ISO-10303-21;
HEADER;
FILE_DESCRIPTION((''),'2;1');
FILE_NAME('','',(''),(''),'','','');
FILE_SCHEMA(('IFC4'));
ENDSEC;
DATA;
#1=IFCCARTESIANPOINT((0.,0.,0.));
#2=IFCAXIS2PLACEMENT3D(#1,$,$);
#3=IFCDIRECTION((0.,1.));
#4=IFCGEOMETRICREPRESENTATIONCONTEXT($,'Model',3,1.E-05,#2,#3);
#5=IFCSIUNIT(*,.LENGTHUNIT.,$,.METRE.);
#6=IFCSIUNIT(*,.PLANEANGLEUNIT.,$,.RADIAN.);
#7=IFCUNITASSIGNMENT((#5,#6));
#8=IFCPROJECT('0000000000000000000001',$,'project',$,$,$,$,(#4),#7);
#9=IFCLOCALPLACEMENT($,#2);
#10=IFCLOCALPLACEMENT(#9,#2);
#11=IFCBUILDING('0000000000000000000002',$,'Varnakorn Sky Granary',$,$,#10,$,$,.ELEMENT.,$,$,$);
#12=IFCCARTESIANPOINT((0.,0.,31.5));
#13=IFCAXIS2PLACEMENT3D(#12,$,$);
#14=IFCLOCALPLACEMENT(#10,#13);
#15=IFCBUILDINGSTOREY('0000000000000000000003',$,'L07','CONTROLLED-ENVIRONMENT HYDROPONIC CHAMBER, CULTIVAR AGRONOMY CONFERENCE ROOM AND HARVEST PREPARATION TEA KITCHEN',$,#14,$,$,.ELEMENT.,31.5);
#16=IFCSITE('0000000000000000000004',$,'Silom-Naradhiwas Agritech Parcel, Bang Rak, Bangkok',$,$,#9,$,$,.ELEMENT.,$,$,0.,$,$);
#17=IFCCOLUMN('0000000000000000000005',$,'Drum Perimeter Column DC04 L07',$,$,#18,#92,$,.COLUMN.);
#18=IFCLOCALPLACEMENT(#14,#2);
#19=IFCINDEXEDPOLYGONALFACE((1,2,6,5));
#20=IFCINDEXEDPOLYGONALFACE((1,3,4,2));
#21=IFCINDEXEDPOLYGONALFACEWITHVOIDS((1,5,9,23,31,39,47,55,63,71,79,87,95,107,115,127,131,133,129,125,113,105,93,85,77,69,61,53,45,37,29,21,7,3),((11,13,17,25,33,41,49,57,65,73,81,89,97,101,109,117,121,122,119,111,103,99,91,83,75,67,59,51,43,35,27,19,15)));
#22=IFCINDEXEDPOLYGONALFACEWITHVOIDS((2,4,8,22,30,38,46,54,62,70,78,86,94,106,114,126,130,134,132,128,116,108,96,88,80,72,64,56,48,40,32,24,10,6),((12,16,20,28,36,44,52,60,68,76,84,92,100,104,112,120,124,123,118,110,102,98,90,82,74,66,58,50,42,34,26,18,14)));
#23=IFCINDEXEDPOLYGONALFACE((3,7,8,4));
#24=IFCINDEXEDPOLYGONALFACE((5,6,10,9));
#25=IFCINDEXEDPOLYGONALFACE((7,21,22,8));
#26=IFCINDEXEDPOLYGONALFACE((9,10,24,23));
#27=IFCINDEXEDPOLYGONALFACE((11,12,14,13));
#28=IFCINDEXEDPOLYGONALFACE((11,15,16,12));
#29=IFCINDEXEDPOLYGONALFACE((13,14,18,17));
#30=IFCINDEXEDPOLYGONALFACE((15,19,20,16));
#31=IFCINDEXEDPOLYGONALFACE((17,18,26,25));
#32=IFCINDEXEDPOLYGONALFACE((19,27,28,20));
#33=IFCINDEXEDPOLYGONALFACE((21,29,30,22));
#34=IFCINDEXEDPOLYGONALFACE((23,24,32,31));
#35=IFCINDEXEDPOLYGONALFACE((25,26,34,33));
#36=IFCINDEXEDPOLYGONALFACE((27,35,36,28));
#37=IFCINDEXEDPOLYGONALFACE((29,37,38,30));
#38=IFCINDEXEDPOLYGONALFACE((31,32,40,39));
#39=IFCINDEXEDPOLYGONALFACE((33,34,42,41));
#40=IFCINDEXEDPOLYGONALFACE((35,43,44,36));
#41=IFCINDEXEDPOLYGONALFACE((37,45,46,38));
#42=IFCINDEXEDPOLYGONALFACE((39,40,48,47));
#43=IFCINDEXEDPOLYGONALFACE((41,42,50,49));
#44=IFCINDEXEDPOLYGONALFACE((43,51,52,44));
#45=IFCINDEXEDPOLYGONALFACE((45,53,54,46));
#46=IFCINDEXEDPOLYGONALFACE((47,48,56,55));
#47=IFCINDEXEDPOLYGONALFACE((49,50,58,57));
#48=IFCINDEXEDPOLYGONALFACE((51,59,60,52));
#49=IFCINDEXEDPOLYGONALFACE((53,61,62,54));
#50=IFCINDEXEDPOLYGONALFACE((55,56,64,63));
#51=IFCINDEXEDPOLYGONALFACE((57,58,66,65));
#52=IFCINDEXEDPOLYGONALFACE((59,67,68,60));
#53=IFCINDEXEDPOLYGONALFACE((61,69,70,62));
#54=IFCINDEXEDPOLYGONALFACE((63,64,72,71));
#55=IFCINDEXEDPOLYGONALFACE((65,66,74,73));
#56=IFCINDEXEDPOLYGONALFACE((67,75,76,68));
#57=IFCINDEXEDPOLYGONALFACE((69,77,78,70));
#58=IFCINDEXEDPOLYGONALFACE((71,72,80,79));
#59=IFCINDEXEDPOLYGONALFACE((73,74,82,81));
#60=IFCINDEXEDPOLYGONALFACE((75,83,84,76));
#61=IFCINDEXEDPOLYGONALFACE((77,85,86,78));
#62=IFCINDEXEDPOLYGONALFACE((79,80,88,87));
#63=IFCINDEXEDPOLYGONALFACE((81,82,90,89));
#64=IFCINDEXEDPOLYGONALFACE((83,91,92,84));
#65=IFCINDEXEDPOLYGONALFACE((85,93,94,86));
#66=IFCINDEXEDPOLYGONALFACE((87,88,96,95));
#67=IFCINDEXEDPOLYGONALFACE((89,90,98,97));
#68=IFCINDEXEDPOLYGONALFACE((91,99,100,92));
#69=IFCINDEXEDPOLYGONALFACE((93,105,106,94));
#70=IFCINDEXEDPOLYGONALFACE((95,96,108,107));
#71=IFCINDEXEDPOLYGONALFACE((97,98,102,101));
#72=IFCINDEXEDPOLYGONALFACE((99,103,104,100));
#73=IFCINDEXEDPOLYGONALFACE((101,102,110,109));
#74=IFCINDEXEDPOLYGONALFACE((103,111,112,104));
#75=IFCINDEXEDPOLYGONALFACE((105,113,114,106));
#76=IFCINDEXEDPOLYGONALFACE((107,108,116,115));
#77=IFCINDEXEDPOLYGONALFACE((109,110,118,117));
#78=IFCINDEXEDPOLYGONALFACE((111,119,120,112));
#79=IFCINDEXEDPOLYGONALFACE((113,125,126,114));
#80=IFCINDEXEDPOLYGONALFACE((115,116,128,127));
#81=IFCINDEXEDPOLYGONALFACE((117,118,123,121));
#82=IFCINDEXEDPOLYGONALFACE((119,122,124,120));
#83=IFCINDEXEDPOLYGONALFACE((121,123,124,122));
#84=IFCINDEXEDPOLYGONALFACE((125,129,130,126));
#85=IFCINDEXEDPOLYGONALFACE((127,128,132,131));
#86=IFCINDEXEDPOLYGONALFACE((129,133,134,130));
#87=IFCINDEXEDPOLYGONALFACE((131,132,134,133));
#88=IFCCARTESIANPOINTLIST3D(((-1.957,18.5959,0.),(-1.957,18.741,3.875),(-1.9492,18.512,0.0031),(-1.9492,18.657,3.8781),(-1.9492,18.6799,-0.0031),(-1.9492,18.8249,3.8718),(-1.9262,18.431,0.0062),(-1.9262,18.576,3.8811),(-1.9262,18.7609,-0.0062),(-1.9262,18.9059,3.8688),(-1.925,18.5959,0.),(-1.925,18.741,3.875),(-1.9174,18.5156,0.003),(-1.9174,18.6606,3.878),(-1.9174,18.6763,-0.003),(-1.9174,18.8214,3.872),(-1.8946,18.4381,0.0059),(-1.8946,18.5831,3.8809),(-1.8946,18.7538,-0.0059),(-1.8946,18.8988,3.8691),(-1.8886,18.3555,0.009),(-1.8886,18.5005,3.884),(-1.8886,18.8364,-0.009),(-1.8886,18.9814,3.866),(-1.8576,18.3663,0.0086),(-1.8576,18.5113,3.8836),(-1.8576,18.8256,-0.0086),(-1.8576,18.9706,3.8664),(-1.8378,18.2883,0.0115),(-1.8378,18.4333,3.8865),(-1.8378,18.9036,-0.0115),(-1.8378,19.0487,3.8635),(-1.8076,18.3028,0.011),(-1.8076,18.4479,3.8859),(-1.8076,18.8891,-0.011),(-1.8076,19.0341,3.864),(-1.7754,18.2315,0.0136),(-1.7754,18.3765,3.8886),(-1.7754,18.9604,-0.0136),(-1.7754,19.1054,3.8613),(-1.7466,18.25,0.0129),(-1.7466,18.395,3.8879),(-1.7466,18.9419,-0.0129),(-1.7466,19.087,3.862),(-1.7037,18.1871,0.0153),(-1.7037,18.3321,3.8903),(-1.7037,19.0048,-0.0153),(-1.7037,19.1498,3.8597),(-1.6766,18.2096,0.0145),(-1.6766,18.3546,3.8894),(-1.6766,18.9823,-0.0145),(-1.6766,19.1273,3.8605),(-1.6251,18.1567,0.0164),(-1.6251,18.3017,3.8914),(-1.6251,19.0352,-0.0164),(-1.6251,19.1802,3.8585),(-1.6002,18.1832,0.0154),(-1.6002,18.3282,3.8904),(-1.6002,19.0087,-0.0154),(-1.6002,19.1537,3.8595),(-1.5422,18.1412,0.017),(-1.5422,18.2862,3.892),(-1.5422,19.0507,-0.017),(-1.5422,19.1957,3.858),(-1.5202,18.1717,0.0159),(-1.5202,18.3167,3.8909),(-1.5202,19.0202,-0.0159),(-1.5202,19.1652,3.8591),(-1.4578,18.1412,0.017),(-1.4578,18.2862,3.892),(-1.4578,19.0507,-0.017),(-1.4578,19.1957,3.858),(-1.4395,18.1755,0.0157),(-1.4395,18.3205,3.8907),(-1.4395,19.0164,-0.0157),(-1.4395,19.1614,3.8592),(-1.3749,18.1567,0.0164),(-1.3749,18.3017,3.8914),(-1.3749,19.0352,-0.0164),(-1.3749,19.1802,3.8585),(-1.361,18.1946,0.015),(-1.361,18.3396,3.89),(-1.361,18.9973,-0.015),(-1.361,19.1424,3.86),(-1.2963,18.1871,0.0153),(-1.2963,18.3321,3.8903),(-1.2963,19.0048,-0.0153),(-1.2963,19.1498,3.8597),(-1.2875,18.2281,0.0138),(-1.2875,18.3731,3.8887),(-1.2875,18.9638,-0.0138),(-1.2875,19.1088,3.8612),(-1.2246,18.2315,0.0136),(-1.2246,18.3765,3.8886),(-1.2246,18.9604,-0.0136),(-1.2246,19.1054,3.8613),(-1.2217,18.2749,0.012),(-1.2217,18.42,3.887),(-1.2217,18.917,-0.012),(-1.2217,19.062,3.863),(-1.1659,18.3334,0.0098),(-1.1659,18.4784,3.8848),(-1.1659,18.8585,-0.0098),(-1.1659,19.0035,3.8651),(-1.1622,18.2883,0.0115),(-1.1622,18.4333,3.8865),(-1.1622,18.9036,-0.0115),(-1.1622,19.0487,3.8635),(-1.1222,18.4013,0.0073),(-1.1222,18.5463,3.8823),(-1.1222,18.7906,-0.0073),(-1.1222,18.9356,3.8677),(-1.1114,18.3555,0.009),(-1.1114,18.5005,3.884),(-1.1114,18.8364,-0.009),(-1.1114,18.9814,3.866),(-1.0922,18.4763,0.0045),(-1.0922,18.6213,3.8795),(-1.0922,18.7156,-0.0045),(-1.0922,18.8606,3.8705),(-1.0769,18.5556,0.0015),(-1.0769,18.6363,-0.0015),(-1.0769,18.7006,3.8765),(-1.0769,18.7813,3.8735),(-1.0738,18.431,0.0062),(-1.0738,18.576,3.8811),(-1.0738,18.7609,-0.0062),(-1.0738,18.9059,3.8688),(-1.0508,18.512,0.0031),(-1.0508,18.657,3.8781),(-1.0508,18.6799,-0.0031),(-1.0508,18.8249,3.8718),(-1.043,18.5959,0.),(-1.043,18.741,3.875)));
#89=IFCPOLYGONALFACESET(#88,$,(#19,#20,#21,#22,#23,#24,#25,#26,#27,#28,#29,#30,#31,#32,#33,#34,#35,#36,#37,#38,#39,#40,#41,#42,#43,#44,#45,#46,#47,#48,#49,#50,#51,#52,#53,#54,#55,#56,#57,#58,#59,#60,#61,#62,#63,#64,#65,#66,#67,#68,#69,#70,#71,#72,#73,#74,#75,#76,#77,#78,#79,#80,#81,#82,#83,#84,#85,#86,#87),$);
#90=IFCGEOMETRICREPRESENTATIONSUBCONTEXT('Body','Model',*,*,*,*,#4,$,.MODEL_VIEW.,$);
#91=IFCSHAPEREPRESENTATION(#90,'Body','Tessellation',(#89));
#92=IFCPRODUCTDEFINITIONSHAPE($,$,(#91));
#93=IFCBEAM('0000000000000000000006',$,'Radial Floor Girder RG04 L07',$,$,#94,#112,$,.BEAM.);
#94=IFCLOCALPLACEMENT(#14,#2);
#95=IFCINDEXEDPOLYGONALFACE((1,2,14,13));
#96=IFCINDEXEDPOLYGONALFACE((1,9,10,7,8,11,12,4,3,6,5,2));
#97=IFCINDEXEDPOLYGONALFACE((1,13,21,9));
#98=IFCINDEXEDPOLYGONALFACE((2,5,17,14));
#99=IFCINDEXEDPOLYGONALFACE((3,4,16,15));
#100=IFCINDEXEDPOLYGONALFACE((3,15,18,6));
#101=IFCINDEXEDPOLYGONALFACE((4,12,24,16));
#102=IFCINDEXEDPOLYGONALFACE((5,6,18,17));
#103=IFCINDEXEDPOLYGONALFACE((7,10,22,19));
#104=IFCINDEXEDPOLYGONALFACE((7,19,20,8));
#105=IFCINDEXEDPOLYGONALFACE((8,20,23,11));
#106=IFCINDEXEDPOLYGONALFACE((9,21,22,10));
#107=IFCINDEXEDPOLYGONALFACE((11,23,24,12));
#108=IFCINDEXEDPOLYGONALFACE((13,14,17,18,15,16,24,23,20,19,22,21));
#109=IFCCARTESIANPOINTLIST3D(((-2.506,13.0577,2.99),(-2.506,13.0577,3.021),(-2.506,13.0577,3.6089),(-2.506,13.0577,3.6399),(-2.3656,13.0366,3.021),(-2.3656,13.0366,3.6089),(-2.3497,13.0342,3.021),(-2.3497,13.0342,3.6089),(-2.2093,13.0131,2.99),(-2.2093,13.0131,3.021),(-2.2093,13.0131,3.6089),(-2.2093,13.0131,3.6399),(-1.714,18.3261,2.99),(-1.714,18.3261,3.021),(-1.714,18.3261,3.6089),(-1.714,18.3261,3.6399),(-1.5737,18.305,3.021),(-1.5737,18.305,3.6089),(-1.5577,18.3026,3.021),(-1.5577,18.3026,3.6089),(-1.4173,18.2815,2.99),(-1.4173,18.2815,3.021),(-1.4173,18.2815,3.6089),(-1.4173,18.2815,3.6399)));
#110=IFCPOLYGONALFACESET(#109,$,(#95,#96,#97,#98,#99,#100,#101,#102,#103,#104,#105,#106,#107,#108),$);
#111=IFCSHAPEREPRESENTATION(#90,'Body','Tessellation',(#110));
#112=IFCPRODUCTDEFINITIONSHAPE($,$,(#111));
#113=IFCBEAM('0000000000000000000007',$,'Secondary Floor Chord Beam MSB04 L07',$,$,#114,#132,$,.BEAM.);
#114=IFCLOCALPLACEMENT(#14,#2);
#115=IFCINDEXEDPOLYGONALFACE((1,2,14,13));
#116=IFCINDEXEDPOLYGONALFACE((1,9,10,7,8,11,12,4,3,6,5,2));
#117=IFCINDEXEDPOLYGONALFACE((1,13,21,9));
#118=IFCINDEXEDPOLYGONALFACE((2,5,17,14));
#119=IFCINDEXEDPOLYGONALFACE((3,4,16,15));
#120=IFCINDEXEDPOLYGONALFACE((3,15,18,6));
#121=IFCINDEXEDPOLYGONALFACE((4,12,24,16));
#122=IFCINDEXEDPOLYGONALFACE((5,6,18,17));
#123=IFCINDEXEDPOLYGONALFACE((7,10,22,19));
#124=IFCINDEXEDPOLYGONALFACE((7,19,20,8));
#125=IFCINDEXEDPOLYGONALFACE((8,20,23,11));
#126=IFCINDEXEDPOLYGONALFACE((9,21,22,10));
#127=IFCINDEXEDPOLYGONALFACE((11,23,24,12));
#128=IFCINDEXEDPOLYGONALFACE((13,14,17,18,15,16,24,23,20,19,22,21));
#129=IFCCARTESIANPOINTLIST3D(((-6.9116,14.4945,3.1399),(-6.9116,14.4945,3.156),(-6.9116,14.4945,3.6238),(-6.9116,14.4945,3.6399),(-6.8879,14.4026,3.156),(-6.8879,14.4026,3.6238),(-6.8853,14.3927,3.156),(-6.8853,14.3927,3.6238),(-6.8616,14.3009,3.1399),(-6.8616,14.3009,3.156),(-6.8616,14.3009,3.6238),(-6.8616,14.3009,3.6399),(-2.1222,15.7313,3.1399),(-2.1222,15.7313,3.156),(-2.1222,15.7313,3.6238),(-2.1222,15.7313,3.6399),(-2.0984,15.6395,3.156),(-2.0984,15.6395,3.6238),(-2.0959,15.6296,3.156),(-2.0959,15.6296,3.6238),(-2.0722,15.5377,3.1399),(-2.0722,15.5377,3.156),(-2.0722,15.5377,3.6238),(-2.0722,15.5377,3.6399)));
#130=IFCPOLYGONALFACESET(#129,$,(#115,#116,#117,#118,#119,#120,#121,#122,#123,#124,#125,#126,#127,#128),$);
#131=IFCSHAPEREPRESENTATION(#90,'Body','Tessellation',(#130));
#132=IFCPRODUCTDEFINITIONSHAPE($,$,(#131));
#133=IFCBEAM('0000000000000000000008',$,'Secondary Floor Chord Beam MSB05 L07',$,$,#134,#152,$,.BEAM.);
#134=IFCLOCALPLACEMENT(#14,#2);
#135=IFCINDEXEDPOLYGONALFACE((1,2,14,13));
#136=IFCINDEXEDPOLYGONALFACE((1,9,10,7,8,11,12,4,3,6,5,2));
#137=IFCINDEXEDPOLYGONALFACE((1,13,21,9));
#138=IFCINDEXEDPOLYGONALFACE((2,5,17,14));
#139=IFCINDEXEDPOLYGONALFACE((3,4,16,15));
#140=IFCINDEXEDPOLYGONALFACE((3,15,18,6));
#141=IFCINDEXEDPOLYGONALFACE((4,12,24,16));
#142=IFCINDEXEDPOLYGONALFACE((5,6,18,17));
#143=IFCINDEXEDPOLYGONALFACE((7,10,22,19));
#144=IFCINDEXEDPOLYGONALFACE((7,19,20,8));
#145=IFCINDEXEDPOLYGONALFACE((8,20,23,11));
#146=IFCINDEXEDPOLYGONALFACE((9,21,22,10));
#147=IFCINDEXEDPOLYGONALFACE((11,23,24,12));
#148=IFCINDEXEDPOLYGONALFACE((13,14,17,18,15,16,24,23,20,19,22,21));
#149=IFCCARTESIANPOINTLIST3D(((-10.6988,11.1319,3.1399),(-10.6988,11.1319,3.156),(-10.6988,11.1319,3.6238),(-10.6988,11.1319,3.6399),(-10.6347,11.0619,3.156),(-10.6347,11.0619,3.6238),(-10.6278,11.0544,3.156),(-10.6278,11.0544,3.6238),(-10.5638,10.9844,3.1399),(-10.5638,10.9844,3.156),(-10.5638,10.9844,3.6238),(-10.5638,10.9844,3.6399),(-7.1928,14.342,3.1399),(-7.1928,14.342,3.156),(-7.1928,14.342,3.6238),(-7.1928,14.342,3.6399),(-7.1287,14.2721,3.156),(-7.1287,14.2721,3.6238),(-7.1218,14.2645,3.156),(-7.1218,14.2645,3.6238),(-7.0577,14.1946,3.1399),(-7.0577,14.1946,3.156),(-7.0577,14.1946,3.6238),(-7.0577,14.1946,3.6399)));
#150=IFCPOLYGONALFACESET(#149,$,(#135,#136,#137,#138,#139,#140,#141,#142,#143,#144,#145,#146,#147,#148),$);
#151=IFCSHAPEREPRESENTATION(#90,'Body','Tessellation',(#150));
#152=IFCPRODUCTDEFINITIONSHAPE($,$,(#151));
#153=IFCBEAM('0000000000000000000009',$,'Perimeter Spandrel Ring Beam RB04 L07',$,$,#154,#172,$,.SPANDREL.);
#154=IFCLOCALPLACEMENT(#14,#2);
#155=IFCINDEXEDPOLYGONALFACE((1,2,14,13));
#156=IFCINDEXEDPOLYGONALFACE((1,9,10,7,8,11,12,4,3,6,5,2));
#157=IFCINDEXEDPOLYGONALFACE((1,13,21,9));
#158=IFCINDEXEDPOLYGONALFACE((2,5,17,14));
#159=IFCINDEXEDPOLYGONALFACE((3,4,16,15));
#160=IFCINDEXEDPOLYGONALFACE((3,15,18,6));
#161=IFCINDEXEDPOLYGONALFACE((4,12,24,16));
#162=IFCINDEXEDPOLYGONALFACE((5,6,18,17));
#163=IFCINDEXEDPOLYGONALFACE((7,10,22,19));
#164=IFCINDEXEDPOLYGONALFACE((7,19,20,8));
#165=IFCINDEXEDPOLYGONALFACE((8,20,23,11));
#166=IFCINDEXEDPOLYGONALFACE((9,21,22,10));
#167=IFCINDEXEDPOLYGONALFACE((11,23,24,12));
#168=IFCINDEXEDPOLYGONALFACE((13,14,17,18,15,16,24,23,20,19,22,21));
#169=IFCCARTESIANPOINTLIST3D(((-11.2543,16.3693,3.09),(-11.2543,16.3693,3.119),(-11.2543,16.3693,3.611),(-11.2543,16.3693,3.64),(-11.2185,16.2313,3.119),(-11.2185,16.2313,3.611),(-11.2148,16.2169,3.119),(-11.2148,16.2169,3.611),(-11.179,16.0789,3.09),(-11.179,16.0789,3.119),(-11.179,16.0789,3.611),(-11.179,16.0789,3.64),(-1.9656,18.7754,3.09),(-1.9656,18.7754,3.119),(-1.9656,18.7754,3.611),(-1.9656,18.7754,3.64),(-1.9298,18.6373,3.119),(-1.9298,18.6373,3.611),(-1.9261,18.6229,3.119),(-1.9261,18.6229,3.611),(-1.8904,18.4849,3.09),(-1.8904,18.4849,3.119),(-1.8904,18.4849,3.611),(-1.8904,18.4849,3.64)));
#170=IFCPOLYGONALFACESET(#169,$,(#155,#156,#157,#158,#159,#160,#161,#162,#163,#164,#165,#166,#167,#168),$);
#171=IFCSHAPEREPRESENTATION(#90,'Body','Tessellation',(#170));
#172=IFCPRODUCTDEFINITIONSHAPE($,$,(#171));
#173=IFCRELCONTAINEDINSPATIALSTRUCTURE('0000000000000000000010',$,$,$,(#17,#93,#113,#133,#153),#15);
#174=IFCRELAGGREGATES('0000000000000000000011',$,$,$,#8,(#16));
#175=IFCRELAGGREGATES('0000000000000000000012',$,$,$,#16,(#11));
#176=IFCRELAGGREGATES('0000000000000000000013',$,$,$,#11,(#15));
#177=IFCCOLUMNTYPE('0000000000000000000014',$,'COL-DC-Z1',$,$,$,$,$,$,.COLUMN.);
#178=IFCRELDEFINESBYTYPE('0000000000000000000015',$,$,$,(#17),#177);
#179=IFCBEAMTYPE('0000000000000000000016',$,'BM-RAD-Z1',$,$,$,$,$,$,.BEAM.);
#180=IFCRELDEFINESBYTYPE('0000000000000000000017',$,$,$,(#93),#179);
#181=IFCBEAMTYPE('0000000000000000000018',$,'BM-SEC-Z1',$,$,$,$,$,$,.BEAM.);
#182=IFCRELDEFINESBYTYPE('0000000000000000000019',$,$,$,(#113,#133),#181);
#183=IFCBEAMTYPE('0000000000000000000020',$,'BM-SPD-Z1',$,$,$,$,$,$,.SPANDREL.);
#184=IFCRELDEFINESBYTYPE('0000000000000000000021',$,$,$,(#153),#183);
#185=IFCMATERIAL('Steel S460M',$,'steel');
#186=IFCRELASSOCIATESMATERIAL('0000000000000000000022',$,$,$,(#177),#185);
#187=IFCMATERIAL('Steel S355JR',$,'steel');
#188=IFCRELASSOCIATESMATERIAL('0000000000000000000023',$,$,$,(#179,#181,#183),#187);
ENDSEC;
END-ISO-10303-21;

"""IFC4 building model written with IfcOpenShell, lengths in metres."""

from ifc_helpers import new_model, si_unit, direction, frame, origin, origin_2d, place, context, subcontext, project, spatial, hollow_circle, i_section, extrude, material, material_profile, profile_set, type_object, element, save


model = new_model("IFC4")

# Units and contexts
model_context = context("Model", 3, precision=1e-05, world=origin(), true_north=direction((0.0, 1.0)))
body_context = subcontext(model_context, "Body", "Model", "MODEL_VIEW")
ifc_project = project(units=[si_unit("LENGTHUNIT", "METRE"), si_unit("PLANEANGLEUNIT", "RADIAN")], contexts=[model_context])

# Site, building, storey
site_placement = place(None, origin())
site = spatial("IfcSite", under=ifc_project, at=site_placement, Name="Silom-Naradhiwas Agritech Parcel, Bang Rak, Bangkok", CompositionType="ELEMENT", RefElevation=0.0)
building_placement = place(site_placement, origin())
building = spatial("IfcBuilding", under=site, at=building_placement, Name="Varnakorn Sky Granary", CompositionType="ELEMENT")
storey_placement = place(building_placement, frame((0.0, 0.0, 31.5)))
storey = spatial("IfcBuildingStorey", under=building, at=storey_placement, Name="L07", Description="CONTROLLED-ENVIRONMENT HYDROPONIC CHAMBER, CULTIVAR AGRONOMY CONFERENCE ROOM AND HARVEST PREPARATION TEA KITCHEN", CompositionType="ELEMENT", Elevation=31.5)

# Column
ifc_material_1 = material(Name="Steel S460M", Category="steel")
ifc_material_profile_1 = material_profile(ifc_material_1, hollow_circle(Radius=0.457, WallThickness=0.032, at=origin_2d()), Name="CHS 914x32")
ifc_profile_set_1 = profile_set([ifc_material_profile_1], Name="Steel S460M")
column_type = type_object("IfcColumnType", Name="COL-DC-Z1", PredefinedType="COLUMN", material=ifc_profile_set_1)
column_placement = place(storey_placement, frame((-1.5, 18.5959, 0.0), z_axis=(0.0, 0.037398, 0.9993), x_axis=(-1.0, 0.0, 0.0)))
element("IfcColumn", 1, at=column_placement, inside=storey, type_object=column_type, Name="Drum Perimeter Column DC04 L07", PredefinedType="COLUMN", context=body_context, shape_type="SweptSolid", body=[
    extrude(hollow_circle(Radius=0.457, WallThickness=0.032, at=origin_2d()), origin(), (0.0, 0.0, 1.0), 3.8777),
])

# Beams
ifc_material_2 = material(Name="Steel S355JR", Category="steel")
ifc_material_profile_2 = material_profile(ifc_material_2, i_section(OverallWidth=0.3, OverallDepth=0.6499, WebThickness=0.0161, FlangeThickness=0.031, at=origin_2d()), Name="HE 650 B")
ifc_profile_set_2 = profile_set([ifc_material_profile_2], Name="Steel S355JR")
beam_type_1 = type_object("IfcBeamType", Name="BM-RAD-Z1", PredefinedType="BEAM", material=ifc_profile_set_2)
beam_1_placement = place(storey_placement, frame((-2.3577, 13.0354, 3.3149), z_axis=(0.148654, 0.988889, 0.0), x_axis=(-0.988889, 0.148654, 0.0)))
element("IfcBeam", 2, at=beam_1_placement, inside=storey, type_object=beam_type_1, Name="Radial Floor Girder RG04 L07", PredefinedType="BEAM", context=body_context, shape_type="SweptSolid", body=[
    extrude(i_section(OverallWidth=0.3, OverallDepth=0.6499, WebThickness=0.0161, FlangeThickness=0.031, at=origin_2d()), origin(), (0.0, 0.0, 1.0), 5.3276),
])
ifc_material_profile_3 = material_profile(ifc_material_2, i_section(OverallWidth=0.2, OverallDepth=0.5, WebThickness=0.0103, FlangeThickness=0.0161, at=origin_2d()), Name="IPE 500")
ifc_profile_set_3 = profile_set([ifc_material_profile_3], Name="Steel S355JR")
beam_type_2 = type_object("IfcBeamType", Name="BM-SEC-Z1", PredefinedType="BEAM", material=ifc_profile_set_3)
beam_2_placement = place(storey_placement, frame((-2.0972, 15.6345, 3.3899), z_axis=(-0.968235, -0.250042, 0.0), x_axis=(0.250042, -0.968235, 0.0)))
element("IfcBeam", 3, at=beam_2_placement, inside=storey, type_object=beam_type_2, Name="Secondary Floor Chord Beam MSB04 L07", PredefinedType="BEAM", context=body_context, shape_type="SweptSolid", body=[
    extrude(i_section(OverallWidth=0.2, OverallDepth=0.5, WebThickness=0.0103, FlangeThickness=0.0161, at=origin_2d()), origin(), (0.0, 0.0, 1.0), 4.9465),
])
beam_3_placement = place(storey_placement, frame((-7.1252, 14.2683, 3.3899), z_axis=(-0.737544, -0.675299, 0.0), x_axis=(0.675299, -0.737544, 0.0)))
element("IfcBeam", 4, at=beam_3_placement, inside=storey, type_object=beam_type_2, Name="Secondary Floor Chord Beam MSB05 L07", PredefinedType="BEAM", context=body_context, shape_type="SweptSolid", body=[
    extrude(i_section(OverallWidth=0.2, OverallDepth=0.5, WebThickness=0.0103, FlangeThickness=0.0161, at=origin_2d()), origin(), (0.0, 0.0, 1.0), 4.7537),
])
ifc_material_profile_4 = material_profile(ifc_material_2, i_section(OverallWidth=0.3, OverallDepth=0.55, WebThickness=0.0149, FlangeThickness=0.0291, at=origin_2d()), Name="HE 550 B")
ifc_profile_set_4 = profile_set([ifc_material_profile_4], Name="Steel S355JR")
beam_type_3 = type_object("IfcBeamType", Name="BM-SPD-Z1", PredefinedType="SPANDREL", material=ifc_profile_set_4)
beam_4_placement = place(storey_placement, frame((-1.928, 18.6301, 3.365), z_axis=(-0.968051, -0.250753, 0.0), x_axis=(0.250753, -0.968051, 0.0)))
element("IfcBeam", 5, at=beam_4_placement, inside=storey, type_object=beam_type_3, Name="Perimeter Spandrel Ring Beam RB04 L07", PredefinedType="SPANDREL", context=body_context, shape_type="SweptSolid", body=[
    extrude(i_section(OverallWidth=0.3, OverallDepth=0.55, WebThickness=0.0149, FlangeThickness=0.0291, at=origin_2d()), origin(), (0.0, 0.0, 1.0), 9.5952),
])

save(model, "model.ifc")
